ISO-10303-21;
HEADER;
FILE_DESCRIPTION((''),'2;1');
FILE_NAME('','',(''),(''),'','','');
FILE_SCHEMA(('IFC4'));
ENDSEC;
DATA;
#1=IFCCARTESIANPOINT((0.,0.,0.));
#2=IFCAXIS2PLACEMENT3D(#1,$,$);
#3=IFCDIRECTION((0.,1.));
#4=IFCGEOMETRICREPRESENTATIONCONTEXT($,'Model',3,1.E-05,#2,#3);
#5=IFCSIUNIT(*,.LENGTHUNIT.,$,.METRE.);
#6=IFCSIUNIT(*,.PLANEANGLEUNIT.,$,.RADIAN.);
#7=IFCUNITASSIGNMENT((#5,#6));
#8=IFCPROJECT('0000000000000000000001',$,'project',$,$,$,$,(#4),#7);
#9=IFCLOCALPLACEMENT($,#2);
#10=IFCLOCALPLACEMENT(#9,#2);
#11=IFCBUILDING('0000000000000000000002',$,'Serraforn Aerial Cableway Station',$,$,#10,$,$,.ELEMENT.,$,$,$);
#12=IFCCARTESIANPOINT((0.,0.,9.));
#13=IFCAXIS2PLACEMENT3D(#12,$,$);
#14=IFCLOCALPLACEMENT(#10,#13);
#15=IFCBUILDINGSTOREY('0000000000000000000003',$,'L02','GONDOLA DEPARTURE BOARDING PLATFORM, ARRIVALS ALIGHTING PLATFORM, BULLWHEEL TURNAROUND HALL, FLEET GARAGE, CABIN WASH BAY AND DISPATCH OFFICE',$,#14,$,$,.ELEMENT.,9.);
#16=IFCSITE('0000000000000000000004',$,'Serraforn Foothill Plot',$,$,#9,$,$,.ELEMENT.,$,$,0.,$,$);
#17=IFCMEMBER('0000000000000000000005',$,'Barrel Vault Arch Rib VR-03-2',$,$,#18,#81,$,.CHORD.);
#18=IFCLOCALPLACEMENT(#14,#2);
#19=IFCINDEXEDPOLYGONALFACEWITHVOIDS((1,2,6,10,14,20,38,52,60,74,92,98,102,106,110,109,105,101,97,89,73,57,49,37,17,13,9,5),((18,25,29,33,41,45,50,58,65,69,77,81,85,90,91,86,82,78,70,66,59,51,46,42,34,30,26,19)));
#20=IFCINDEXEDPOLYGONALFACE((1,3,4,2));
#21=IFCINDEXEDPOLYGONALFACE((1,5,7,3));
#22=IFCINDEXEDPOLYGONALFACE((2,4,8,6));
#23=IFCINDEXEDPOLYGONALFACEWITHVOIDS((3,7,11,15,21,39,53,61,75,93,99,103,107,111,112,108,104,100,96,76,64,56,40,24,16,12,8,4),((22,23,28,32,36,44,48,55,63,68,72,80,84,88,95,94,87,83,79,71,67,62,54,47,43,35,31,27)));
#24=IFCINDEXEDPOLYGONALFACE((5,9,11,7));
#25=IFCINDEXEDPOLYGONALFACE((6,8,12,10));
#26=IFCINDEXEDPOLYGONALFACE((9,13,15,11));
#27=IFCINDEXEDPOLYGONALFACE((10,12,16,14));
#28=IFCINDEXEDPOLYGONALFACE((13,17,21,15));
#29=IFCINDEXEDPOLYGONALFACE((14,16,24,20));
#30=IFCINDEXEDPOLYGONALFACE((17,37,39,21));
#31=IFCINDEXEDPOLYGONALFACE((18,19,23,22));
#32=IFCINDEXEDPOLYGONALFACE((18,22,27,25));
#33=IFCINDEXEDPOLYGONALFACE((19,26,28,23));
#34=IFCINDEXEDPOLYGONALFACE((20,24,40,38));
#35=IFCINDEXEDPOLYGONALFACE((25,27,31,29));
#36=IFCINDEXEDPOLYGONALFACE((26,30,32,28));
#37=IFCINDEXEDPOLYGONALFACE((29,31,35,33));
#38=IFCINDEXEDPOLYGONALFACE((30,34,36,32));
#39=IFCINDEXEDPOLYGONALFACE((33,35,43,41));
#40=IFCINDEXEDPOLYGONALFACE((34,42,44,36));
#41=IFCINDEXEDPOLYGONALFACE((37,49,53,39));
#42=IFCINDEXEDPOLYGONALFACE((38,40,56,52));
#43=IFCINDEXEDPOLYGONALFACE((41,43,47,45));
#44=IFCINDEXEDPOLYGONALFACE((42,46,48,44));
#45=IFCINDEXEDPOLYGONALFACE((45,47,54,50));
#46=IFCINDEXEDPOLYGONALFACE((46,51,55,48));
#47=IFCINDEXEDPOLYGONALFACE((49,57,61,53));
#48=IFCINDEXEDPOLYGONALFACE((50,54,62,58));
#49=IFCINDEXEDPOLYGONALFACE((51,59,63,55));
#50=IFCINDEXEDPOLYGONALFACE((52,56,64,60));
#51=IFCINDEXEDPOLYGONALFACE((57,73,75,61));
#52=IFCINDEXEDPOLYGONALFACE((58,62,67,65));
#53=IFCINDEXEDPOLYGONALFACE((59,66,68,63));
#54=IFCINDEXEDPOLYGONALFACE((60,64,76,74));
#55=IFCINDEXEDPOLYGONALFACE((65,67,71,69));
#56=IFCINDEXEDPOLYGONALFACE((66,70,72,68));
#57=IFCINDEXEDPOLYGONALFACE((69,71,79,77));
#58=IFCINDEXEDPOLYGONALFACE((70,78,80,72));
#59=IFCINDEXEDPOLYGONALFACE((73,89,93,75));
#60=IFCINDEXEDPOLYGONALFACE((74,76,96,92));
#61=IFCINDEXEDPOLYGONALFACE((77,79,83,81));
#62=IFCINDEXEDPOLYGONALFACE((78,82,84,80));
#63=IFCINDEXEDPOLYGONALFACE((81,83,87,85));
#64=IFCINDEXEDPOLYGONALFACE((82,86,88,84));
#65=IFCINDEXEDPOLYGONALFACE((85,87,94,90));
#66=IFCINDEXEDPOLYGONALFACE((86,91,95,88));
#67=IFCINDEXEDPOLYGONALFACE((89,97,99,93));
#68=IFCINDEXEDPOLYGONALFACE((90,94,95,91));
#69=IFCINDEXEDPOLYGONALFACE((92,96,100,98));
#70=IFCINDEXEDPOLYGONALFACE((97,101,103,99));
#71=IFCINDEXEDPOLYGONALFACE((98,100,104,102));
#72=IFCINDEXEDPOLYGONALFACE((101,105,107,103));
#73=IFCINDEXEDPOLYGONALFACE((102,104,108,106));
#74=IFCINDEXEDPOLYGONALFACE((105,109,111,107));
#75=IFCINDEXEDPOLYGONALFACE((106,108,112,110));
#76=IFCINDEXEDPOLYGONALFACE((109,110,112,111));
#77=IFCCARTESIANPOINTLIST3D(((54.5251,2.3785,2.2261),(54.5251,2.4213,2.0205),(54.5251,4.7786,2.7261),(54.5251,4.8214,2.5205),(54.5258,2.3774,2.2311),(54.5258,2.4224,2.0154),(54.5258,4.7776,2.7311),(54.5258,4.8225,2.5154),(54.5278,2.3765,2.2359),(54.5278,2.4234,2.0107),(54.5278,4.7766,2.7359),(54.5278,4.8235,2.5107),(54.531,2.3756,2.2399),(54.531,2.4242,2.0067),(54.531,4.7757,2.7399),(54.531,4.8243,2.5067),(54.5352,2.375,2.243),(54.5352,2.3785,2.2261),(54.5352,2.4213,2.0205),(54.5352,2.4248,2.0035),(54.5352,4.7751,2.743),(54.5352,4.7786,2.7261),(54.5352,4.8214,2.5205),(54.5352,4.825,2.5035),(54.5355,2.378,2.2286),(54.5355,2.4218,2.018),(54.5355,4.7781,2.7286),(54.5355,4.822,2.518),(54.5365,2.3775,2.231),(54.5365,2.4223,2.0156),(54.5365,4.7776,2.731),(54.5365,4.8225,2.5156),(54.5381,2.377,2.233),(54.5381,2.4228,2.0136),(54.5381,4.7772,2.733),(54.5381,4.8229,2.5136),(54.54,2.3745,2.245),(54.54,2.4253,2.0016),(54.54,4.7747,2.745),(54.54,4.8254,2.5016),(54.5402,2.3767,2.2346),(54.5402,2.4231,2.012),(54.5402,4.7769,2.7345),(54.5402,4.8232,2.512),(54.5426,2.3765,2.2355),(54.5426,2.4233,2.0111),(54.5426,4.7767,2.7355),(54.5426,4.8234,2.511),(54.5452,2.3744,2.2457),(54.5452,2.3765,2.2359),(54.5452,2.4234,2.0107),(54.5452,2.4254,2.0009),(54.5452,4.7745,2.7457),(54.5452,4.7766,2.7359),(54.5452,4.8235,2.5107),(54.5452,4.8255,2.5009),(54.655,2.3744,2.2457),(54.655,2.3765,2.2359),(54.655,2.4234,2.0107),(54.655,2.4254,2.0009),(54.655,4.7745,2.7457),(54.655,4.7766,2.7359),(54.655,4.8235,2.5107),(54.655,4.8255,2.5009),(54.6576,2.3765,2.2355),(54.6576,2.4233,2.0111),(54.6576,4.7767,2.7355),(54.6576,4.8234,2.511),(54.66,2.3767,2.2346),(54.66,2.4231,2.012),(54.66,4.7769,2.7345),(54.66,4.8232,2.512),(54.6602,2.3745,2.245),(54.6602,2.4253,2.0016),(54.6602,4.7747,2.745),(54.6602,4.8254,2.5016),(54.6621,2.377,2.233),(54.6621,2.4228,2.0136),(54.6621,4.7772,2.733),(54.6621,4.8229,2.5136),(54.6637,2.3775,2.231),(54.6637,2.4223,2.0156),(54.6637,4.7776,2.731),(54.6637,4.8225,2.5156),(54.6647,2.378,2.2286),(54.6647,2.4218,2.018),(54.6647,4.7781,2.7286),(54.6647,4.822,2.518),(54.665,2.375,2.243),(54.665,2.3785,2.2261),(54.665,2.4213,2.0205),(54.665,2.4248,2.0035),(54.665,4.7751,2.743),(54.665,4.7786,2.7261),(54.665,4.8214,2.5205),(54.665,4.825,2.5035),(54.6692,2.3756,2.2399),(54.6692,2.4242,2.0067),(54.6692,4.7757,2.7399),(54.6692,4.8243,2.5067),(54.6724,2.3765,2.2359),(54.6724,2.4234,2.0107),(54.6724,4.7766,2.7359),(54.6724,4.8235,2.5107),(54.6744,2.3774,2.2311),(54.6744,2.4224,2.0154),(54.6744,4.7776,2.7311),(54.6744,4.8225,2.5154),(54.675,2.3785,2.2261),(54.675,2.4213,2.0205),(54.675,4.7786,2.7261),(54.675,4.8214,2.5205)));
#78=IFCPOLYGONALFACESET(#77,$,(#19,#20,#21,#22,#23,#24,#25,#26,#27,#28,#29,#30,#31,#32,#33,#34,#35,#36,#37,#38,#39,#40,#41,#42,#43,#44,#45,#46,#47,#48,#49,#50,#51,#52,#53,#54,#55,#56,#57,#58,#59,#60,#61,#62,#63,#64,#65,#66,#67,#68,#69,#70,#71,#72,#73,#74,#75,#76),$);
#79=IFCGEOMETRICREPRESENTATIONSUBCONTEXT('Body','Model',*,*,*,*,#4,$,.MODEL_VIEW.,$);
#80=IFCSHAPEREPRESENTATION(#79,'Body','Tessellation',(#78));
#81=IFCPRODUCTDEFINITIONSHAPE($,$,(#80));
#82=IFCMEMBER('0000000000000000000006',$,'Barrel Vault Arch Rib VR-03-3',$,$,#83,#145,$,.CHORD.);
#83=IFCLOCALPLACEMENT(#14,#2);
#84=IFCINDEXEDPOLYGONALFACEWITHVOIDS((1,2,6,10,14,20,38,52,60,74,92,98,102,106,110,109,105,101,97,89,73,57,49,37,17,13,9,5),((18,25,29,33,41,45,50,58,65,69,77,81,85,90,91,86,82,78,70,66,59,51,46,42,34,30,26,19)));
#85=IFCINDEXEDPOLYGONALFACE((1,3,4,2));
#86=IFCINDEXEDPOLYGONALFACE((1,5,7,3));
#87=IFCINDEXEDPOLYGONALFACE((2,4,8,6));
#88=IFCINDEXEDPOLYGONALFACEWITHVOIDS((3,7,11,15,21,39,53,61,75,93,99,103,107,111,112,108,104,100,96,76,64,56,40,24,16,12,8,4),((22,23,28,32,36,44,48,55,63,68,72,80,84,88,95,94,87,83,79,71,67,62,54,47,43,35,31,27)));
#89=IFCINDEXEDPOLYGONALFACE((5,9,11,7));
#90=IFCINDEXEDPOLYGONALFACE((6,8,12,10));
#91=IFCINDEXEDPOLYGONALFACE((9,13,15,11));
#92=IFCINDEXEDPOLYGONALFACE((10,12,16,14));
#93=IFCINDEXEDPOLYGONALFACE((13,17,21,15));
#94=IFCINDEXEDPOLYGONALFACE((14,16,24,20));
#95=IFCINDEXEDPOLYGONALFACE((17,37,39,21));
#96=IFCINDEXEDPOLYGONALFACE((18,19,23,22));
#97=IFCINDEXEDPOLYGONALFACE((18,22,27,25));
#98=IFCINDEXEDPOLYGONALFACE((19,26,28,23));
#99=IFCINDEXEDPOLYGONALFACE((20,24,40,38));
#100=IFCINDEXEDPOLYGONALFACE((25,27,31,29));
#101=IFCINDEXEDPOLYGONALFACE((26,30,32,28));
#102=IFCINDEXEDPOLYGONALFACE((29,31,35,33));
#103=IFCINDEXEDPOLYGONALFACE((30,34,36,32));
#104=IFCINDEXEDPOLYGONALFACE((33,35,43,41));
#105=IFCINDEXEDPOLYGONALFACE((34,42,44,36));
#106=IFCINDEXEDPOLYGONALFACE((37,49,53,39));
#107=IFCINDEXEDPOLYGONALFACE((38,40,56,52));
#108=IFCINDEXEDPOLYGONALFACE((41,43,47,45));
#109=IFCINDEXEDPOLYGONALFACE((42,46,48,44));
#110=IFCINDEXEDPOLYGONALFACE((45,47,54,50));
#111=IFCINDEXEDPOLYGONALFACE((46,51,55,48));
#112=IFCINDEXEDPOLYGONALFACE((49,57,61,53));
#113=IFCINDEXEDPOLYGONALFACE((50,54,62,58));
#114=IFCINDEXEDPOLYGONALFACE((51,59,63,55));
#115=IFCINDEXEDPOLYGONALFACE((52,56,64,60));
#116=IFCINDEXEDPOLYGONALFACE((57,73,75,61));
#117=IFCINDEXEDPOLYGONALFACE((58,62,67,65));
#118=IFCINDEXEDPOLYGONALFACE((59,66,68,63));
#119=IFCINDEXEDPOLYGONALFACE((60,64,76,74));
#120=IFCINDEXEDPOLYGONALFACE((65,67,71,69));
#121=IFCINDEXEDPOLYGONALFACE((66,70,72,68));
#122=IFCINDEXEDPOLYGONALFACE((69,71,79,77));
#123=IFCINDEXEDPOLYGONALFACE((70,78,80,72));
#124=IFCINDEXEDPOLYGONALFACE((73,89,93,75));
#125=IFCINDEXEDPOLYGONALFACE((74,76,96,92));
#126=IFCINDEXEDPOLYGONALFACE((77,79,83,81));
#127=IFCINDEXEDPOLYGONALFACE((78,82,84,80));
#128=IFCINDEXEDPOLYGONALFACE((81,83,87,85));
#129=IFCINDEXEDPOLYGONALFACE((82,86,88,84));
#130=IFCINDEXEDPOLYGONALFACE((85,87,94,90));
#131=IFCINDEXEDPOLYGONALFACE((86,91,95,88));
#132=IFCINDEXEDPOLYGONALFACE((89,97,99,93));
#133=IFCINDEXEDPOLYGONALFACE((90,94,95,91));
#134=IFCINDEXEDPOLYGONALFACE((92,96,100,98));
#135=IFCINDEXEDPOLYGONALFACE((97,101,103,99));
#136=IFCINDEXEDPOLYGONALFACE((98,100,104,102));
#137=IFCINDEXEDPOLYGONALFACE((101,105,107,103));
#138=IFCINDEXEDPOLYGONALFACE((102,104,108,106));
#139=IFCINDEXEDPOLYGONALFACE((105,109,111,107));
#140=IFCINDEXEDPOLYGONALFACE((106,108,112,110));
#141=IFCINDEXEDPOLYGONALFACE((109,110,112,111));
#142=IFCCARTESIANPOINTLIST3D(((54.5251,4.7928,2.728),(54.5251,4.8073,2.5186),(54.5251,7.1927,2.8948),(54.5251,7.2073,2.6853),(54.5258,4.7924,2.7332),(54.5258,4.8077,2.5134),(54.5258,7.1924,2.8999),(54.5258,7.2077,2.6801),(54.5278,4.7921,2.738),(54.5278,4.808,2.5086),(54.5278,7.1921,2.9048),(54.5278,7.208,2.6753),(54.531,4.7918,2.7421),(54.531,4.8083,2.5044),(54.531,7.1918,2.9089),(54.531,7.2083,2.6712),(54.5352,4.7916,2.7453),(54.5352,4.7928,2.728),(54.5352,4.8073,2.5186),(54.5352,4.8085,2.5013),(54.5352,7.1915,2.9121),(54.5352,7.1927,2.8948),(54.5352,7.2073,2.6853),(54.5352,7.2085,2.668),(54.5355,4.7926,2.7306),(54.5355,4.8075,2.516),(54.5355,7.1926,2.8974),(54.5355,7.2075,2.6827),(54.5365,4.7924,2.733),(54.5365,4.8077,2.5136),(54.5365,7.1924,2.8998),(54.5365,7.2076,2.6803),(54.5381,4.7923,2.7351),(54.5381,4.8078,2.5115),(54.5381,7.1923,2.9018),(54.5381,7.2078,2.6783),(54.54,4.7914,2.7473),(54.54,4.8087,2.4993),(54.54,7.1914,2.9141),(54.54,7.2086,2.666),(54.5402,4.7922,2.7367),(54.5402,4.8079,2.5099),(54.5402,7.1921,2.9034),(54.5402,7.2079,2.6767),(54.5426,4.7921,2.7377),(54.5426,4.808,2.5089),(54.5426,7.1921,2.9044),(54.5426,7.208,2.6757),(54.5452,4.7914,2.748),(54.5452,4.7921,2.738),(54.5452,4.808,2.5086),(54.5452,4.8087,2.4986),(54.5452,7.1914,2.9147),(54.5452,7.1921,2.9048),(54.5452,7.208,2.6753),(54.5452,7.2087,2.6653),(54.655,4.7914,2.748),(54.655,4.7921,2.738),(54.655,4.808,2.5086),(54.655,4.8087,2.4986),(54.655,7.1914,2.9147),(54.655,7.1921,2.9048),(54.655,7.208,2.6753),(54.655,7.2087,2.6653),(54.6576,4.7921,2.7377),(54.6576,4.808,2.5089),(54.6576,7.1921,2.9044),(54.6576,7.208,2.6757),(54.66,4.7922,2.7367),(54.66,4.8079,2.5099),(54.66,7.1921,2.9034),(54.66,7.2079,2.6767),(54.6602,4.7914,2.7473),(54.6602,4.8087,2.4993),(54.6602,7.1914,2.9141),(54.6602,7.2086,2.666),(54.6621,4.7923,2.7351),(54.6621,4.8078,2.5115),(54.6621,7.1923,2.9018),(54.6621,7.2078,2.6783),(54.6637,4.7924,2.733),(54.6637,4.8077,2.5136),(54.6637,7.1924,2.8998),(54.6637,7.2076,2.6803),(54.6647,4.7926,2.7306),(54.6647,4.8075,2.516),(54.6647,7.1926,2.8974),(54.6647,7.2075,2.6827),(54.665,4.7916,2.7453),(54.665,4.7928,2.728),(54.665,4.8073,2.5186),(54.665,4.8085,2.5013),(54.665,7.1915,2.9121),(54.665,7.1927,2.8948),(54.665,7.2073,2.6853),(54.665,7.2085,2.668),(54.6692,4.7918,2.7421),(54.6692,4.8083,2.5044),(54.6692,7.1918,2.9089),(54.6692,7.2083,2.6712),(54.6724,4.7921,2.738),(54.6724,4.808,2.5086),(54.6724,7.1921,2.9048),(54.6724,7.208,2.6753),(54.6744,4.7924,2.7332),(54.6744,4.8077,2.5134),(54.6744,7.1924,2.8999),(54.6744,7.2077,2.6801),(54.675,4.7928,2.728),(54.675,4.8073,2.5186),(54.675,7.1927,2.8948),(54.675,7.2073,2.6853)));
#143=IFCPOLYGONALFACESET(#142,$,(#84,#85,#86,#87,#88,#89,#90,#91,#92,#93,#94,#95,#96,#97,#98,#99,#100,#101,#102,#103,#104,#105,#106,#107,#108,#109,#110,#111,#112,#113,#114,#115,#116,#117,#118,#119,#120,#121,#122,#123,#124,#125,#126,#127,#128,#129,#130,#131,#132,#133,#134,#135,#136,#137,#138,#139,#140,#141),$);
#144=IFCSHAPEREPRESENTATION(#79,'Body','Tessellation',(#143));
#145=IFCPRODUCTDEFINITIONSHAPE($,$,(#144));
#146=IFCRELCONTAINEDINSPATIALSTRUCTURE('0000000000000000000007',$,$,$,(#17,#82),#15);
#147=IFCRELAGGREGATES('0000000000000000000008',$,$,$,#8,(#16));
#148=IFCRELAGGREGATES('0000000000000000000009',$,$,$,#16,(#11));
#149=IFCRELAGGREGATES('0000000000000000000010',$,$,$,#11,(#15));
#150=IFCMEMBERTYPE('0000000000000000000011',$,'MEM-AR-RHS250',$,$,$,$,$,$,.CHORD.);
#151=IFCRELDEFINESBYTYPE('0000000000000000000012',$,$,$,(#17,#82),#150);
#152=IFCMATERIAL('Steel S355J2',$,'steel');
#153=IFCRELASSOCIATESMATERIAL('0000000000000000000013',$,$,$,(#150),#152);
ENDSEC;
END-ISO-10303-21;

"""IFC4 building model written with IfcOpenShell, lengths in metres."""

from ifc_helpers import new_model, si_unit, direction, frame, origin, origin_2d, place, context, subcontext, project, spatial, hollow_rectangle, extrude, material, material_profile, profile_set, type_object, element, save


model = new_model("IFC4")

# Units and contexts
model_context = context("Model", 3, precision=1e-05, world=origin(), true_north=direction((0.0, 1.0)))
body_context = subcontext(model_context, "Body", "Model", "MODEL_VIEW")
ifc_project = project(units=[si_unit("LENGTHUNIT", "METRE"), si_unit("PLANEANGLEUNIT", "RADIAN")], contexts=[model_context])

# Site, building, storey
site_placement = place(None, origin())
site = spatial("IfcSite", under=ifc_project, at=site_placement, Name="Serraforn Foothill Plot", CompositionType="ELEMENT", RefElevation=0.0)
building_placement = place(site_placement, origin())
building = spatial("IfcBuilding", under=site, at=building_placement, Name="Serraforn Aerial Cableway Station", CompositionType="ELEMENT")
storey_placement = place(building_placement, frame((0.0, 0.0, 9.0)))
storey = spatial("IfcBuildingStorey", under=building, at=storey_placement, Name="L02", Description="GONDOLA DEPARTURE BOARDING PLATFORM, ARRIVALS ALIGHTING PLATFORM, BULLWHEEL TURNAROUND HALL, FLEET GARAGE, CABIN WASH BAY AND DISPATCH OFFICE", CompositionType="ELEMENT", Elevation=9.0)

# Members
ifc_material_1 = material(Name="Steel S355J2", Category="steel")
ifc_material_profile_1 = material_profile(ifc_material_1, hollow_rectangle(XDim=0.1499, YDim=0.25, WallThickness=0.01, InnerFilletRadius=0.01, OuterFilletRadius=0.02, at=origin_2d()), Name="RHS 250x150x10.0")
ifc_profile_set_1 = profile_set([ifc_material_profile_1], Name="Steel S355J2")
member_type_1 = type_object("IfcMemberType", Name="MEM-AR-RHS250", PredefinedType="CHORD", material=ifc_profile_set_1)
member_1_placement = place(storey_placement, frame((54.6001, 2.3999, 2.1233), z_axis=(0.0, 0.978983, 0.203942), x_axis=(-1.0, 0.0, 0.0)))
element("IfcMember", 1, at=member_1_placement, inside=storey, type_object=member_type_1, Name="Barrel Vault Arch Rib VR-03-2", PredefinedType="CHORD", context=body_context, shape_type="SweptSolid", body=[
    extrude(hollow_rectangle(XDim=0.1499, YDim=0.25, WallThickness=0.01, InnerFilletRadius=0.01, OuterFilletRadius=0.02, at=origin_2d()), origin(), (0.0, 0.0, 1.0), 2.4517),
])
member_2_placement = place(storey_placement, frame((54.6001, 4.8, 2.6233), z_axis=(0.0, 0.997595, 0.069314), x_axis=(-1.0, 0.0, 0.0)))
element("IfcMember", 2, at=member_2_placement, inside=storey, type_object=member_type_1, Name="Barrel Vault Arch Rib VR-03-3", PredefinedType="CHORD", context=body_context, shape_type="SweptSolid", body=[
    extrude(hollow_rectangle(XDim=0.1499, YDim=0.25, WallThickness=0.01, InnerFilletRadius=0.01, OuterFilletRadius=0.02, at=origin_2d()), origin(), (0.0, 0.0, 1.0), 2.4058),
])

save(model, "model.ifc")
